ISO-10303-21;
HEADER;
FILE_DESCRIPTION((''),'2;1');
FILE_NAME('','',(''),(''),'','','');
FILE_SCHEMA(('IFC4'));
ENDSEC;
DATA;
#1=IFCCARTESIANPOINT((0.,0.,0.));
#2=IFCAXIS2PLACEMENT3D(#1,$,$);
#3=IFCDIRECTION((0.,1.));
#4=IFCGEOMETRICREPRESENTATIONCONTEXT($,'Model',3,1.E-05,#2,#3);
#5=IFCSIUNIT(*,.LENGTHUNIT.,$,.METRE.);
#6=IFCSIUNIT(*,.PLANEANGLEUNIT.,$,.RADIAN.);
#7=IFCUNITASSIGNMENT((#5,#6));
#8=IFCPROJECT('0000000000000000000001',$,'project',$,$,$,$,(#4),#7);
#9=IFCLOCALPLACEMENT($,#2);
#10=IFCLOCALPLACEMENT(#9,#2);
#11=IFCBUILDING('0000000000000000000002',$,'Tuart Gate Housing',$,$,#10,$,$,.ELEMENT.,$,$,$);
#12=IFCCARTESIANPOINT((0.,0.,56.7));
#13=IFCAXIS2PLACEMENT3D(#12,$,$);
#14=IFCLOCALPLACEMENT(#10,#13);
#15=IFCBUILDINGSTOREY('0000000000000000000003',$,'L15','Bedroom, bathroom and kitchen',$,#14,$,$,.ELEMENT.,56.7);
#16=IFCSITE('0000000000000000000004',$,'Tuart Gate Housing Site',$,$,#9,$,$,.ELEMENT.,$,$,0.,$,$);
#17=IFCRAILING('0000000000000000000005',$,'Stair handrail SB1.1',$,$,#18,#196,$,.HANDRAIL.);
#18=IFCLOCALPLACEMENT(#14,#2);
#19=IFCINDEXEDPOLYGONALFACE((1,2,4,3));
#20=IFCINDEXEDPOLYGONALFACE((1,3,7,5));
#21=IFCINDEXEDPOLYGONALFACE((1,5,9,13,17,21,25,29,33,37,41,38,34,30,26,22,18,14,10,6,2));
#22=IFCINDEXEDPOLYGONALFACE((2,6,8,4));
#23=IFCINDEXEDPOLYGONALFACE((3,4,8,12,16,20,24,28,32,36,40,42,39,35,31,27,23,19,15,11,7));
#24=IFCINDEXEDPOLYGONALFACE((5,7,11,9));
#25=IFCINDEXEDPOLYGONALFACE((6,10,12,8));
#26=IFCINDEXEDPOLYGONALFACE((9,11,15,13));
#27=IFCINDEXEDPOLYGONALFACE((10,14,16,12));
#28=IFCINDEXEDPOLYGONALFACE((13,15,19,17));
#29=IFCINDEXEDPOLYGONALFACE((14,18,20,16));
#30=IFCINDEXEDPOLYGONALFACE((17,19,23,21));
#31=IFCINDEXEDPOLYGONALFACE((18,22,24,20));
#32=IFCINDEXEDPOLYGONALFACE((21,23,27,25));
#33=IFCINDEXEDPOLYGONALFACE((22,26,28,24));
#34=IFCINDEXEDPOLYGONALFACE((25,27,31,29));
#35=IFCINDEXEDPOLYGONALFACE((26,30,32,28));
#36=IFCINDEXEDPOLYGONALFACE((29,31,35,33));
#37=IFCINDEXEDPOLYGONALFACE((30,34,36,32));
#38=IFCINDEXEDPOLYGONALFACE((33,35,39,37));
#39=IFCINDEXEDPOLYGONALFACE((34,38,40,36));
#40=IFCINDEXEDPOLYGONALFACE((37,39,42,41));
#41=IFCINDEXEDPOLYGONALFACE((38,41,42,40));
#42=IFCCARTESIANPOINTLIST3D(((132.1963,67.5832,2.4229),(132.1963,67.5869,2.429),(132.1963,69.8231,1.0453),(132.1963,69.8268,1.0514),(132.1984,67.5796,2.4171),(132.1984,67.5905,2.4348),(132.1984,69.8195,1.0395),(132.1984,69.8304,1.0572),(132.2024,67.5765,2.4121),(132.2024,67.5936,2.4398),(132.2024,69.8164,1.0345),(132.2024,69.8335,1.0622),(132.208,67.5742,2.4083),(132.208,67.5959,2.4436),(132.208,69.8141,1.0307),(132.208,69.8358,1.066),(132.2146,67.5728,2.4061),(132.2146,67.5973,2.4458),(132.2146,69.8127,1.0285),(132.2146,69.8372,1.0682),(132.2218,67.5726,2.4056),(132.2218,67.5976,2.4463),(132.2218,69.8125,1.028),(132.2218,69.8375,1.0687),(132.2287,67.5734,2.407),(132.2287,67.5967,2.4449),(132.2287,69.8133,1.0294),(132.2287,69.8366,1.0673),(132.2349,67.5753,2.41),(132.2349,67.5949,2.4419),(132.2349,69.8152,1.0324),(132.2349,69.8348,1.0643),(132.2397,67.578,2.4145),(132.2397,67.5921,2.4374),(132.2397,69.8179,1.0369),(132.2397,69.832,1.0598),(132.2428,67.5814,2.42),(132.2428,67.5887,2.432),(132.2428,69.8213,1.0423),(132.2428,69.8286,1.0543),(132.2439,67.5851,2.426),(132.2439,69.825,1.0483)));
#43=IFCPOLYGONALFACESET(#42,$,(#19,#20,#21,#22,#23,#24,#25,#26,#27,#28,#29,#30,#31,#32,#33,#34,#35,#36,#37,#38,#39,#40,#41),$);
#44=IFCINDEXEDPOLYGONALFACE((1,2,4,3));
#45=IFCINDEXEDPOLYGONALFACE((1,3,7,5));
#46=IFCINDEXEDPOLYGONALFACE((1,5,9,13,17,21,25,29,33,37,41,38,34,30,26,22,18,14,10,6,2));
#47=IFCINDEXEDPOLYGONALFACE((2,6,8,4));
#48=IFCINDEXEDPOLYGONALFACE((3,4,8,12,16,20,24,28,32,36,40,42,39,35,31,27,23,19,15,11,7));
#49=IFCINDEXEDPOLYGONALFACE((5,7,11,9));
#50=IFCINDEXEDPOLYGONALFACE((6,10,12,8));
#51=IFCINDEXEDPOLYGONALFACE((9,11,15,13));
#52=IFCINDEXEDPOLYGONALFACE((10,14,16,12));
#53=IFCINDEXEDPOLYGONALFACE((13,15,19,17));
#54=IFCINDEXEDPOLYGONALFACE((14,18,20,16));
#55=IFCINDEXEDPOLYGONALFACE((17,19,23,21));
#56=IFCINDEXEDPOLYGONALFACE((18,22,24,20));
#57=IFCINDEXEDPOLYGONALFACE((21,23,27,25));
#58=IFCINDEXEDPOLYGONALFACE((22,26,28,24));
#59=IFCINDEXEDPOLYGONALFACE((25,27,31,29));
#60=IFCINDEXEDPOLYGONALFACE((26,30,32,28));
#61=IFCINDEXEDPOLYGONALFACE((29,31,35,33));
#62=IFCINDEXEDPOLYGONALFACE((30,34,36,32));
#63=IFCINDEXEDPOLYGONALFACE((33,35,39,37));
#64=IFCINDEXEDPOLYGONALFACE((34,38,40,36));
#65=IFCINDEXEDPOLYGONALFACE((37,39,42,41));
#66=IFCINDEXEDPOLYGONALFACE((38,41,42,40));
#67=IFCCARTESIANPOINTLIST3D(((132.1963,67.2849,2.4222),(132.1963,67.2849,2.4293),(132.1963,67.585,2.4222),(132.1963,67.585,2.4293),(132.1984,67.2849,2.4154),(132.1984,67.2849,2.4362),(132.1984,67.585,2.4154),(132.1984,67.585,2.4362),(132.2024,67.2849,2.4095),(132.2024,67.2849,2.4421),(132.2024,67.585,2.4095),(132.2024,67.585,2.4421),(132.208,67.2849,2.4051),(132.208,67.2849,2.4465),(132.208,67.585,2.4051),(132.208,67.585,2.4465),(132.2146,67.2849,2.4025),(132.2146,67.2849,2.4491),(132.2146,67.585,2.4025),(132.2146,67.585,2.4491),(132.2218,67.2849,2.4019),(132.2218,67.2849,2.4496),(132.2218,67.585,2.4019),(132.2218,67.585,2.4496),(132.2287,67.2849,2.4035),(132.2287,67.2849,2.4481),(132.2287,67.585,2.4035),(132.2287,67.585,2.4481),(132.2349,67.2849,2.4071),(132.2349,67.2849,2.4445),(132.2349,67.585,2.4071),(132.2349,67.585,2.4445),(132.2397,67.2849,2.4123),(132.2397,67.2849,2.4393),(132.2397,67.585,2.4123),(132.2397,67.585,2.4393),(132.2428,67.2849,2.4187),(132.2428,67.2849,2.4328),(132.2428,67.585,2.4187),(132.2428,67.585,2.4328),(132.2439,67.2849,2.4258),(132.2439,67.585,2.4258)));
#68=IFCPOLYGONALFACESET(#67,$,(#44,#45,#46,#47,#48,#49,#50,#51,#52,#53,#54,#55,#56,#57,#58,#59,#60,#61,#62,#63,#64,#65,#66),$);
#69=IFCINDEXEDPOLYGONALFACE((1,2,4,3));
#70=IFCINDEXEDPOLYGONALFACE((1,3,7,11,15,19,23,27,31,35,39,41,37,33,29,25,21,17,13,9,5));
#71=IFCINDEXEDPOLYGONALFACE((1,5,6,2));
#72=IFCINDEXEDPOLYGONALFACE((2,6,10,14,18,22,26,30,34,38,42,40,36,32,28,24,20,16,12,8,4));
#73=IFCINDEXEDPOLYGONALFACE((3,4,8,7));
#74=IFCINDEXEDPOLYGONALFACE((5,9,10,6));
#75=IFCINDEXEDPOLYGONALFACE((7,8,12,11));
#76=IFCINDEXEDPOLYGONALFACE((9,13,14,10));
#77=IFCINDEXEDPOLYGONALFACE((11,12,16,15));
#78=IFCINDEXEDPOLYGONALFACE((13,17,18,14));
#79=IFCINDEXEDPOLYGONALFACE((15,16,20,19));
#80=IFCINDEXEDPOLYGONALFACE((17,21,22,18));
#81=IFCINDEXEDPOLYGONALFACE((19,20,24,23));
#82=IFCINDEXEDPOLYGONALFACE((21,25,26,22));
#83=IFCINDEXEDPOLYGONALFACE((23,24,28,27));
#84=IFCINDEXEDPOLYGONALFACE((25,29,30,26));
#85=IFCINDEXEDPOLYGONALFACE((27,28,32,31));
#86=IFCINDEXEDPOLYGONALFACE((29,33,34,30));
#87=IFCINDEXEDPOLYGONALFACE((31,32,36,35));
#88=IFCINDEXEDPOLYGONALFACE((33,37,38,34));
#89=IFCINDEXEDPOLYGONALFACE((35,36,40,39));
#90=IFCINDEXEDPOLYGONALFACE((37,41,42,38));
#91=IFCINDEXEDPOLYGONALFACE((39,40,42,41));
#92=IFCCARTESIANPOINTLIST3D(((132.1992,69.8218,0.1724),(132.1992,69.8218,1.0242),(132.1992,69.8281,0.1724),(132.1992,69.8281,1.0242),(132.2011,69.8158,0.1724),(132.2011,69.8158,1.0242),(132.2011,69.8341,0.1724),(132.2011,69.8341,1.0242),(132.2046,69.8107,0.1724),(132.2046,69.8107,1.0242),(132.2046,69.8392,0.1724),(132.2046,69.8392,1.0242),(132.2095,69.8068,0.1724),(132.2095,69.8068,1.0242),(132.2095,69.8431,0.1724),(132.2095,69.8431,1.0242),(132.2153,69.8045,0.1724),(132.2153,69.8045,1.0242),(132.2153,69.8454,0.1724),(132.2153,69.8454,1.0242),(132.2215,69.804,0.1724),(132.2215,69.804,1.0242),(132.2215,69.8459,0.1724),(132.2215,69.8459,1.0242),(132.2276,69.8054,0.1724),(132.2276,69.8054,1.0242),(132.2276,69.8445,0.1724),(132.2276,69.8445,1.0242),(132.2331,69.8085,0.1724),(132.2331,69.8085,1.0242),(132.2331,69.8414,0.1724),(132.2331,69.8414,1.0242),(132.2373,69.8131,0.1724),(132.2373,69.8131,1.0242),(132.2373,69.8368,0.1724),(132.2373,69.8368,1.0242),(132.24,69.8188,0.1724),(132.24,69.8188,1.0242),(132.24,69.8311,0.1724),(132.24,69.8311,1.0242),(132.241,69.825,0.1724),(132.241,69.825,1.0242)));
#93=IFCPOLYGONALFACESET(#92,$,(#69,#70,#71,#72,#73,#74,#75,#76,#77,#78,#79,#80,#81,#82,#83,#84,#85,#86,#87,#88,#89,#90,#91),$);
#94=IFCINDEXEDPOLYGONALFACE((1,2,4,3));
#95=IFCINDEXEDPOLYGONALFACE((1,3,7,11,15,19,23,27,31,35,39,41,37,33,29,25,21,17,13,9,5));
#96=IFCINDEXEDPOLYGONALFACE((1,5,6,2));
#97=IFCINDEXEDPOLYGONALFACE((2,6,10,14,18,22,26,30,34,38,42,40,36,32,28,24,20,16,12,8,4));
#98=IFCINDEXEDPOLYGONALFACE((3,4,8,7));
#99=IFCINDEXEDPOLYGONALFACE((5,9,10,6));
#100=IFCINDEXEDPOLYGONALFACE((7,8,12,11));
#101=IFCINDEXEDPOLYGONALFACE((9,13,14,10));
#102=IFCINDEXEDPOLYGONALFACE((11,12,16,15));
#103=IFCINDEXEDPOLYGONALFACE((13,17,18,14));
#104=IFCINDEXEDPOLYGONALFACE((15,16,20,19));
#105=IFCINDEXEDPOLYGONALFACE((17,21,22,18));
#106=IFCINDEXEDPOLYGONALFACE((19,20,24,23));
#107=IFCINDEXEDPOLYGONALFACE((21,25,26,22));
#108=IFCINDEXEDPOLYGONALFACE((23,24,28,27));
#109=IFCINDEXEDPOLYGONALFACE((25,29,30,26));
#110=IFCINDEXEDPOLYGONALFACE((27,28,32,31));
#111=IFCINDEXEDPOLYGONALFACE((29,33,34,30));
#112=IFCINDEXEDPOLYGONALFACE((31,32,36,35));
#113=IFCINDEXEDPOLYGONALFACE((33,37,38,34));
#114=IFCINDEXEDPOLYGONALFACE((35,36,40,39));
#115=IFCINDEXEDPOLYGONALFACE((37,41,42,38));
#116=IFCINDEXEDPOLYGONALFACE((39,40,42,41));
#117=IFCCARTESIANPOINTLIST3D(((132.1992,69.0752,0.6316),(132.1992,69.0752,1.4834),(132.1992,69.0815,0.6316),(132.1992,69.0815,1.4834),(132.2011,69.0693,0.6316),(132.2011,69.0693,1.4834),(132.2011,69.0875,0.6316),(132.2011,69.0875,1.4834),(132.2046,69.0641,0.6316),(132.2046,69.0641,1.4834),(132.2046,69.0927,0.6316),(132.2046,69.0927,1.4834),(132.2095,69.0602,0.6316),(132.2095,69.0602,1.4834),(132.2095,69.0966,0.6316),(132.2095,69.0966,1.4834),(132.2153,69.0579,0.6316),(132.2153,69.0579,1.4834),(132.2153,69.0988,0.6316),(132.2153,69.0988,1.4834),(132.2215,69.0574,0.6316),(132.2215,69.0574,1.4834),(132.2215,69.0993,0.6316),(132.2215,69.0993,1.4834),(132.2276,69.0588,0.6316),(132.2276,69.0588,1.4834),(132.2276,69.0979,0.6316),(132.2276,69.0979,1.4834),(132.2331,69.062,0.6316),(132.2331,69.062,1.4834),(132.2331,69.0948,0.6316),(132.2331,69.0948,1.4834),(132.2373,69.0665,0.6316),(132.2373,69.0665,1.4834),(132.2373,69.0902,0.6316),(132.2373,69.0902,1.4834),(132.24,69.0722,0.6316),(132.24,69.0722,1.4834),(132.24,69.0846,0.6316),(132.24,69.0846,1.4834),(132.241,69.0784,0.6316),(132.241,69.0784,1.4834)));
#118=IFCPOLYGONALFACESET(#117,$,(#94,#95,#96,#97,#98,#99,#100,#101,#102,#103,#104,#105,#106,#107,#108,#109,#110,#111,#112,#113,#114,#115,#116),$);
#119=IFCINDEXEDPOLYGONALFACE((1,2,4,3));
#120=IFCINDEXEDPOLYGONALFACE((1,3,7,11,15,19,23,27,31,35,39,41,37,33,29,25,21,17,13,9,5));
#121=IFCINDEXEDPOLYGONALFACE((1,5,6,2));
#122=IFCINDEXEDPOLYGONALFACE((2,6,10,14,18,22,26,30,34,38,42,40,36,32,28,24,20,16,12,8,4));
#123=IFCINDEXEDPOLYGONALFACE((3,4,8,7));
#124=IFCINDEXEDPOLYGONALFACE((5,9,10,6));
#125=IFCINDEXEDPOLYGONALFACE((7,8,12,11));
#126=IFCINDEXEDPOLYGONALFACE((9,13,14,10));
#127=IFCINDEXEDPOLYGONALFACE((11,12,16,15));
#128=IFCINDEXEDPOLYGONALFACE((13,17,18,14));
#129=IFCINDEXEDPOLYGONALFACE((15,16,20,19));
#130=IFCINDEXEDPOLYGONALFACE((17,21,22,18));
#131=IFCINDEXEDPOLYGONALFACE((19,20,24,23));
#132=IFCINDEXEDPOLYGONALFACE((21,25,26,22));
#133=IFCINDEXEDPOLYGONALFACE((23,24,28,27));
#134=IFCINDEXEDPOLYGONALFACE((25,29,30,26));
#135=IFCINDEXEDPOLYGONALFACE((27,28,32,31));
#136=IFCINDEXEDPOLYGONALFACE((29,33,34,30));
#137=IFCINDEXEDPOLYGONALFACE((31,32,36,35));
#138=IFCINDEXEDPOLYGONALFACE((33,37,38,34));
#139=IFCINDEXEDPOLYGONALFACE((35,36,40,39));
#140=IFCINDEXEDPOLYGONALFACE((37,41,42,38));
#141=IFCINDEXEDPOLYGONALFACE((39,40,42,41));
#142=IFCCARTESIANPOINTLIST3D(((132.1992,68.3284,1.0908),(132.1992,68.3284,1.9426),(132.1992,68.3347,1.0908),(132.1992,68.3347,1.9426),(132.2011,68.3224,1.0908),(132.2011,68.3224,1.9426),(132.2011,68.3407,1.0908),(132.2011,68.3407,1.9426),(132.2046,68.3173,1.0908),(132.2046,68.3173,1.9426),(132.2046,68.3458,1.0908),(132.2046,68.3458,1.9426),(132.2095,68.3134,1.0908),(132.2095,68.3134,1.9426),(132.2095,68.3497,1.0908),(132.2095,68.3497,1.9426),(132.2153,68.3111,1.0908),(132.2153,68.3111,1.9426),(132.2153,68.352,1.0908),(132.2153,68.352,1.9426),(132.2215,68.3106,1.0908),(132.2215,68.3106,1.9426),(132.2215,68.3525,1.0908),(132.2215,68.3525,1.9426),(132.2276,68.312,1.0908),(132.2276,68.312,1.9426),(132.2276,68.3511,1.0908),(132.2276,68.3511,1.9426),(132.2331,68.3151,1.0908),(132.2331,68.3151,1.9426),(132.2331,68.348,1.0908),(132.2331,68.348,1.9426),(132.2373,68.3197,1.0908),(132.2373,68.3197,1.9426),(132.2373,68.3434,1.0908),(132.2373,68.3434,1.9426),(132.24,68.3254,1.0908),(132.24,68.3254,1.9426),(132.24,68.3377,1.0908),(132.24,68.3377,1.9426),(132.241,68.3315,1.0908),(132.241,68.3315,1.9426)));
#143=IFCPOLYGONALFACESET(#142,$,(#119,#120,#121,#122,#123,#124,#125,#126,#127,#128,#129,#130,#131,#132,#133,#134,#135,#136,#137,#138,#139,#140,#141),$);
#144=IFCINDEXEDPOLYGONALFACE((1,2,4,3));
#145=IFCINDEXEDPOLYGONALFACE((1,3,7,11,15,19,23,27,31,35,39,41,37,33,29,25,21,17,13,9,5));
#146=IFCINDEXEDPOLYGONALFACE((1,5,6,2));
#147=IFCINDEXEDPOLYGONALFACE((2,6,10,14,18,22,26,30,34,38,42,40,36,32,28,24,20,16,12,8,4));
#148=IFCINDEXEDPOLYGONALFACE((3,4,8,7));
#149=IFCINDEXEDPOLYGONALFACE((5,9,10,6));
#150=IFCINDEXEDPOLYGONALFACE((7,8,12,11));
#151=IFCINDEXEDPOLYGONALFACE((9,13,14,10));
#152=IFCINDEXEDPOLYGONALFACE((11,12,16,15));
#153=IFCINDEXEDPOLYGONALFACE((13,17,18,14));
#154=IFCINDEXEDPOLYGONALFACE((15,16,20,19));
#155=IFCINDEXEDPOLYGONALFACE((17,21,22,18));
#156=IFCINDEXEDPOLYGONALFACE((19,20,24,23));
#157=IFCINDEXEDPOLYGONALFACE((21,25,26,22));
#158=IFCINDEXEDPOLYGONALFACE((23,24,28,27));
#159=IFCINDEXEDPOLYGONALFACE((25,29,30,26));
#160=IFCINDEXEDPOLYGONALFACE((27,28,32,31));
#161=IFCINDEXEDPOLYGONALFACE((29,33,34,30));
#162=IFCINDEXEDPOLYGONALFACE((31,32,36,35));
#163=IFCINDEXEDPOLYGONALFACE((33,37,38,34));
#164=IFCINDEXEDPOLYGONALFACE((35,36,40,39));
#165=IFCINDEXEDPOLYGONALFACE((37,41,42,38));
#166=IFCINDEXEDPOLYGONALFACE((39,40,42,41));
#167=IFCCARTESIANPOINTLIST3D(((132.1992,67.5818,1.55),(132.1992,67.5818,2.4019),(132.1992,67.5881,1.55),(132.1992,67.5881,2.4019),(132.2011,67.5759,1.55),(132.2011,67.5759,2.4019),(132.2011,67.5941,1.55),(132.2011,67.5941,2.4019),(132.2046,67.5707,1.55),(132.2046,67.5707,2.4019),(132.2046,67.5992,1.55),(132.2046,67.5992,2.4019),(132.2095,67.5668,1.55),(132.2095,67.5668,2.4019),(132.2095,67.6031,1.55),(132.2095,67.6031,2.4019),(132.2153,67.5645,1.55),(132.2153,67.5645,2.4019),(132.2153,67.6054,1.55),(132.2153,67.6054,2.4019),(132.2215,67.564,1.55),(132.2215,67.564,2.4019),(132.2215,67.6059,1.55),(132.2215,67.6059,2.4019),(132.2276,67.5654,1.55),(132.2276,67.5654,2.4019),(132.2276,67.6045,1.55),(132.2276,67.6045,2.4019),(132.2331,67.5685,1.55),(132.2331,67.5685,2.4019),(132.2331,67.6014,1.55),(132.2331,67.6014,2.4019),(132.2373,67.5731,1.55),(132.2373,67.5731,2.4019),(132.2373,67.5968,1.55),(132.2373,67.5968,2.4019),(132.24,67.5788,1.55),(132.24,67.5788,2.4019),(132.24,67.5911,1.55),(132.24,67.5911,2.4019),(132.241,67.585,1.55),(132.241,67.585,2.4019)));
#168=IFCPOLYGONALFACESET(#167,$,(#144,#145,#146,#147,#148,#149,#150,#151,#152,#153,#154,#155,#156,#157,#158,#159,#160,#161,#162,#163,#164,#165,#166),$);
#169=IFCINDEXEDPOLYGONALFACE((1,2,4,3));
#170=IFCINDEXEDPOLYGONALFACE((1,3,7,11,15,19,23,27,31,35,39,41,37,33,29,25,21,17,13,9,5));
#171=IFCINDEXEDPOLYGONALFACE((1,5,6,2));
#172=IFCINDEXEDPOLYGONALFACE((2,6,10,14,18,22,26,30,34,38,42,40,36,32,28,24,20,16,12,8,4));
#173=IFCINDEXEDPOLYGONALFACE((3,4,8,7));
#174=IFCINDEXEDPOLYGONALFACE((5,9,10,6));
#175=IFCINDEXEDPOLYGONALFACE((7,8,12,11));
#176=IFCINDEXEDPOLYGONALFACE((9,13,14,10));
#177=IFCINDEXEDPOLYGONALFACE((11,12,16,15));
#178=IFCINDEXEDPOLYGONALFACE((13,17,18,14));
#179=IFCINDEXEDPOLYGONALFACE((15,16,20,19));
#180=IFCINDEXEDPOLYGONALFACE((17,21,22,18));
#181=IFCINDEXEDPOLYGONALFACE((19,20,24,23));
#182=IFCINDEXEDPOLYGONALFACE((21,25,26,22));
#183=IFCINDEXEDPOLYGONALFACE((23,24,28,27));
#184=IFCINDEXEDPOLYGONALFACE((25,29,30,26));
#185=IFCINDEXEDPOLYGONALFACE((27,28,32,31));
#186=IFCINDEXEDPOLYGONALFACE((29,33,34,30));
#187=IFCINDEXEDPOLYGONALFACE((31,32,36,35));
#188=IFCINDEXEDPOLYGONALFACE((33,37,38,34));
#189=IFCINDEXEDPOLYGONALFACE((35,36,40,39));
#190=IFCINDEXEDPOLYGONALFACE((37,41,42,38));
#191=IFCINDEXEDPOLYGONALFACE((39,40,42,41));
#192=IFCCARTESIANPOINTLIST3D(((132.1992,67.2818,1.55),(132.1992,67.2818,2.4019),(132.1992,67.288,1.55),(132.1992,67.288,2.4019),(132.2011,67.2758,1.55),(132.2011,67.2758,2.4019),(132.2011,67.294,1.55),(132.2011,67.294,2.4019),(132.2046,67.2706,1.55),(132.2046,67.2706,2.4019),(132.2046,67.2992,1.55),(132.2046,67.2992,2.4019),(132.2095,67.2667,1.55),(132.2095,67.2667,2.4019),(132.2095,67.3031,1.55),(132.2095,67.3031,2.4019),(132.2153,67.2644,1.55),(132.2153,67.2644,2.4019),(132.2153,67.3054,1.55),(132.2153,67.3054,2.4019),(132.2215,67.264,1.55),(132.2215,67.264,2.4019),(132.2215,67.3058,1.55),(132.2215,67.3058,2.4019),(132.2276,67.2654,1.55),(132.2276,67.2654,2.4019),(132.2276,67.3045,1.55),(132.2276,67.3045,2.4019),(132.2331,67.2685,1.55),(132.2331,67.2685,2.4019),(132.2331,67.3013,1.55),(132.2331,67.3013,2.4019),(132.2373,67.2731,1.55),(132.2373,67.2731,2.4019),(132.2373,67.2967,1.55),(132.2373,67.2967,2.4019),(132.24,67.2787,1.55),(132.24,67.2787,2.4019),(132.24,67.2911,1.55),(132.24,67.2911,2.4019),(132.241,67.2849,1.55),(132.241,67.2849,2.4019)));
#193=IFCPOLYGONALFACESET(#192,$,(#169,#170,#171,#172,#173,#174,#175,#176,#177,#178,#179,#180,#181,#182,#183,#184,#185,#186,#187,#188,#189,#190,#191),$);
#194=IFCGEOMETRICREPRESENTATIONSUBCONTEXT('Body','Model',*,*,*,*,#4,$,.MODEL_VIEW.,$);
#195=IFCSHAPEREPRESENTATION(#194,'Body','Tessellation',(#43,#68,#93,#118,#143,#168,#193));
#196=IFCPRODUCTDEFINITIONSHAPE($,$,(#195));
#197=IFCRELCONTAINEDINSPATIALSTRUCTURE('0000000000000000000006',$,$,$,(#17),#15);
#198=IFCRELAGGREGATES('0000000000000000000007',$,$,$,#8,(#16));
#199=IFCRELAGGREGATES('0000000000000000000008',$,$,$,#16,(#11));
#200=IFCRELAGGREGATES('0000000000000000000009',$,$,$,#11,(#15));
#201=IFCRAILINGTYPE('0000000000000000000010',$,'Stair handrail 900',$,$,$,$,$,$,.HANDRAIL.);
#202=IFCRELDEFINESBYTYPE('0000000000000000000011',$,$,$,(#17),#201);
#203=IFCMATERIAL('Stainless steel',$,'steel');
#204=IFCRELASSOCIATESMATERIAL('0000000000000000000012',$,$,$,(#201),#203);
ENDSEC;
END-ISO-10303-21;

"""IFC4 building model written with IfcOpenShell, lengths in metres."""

from ifc_helpers import new_model, si_unit, direction, frame, origin, origin_2d, place, context, subcontext, project, spatial, circle, extrude, material, type_object, element, save


model = new_model("IFC4")

# Units and contexts
model_context = context("Model", 3, precision=1e-05, world=origin(), true_north=direction((0.0, 1.0)))
body_context = subcontext(model_context, "Body", "Model", "MODEL_VIEW")
ifc_project = project(units=[si_unit("LENGTHUNIT", "METRE"), si_unit("PLANEANGLEUNIT", "RADIAN")], contexts=[model_context])

# Site, building, storey
site_placement = place(None, origin())
site = spatial("IfcSite", under=ifc_project, at=site_placement, Name="Tuart Gate Housing Site", CompositionType="ELEMENT", RefElevation=0.0)
building_placement = place(site_placement, origin())
building = spatial("IfcBuilding", under=site, at=building_placement, Name="Tuart Gate Housing", CompositionType="ELEMENT")
storey_placement = place(building_placement, frame((0.0, 0.0, 56.7)))
storey = spatial("IfcBuildingStorey", under=building, at=storey_placement, Name="L15", Description="Bedroom, bathroom and kitchen", CompositionType="ELEMENT", Elevation=56.7)

# Railing
ifc_material_1 = material(Name="Stainless steel", Category="steel")
railing_type = type_object("IfcRailingType", Name="Stair handrail 900", PredefinedType="HANDRAIL", material=ifc_material_1)
railing_placement = place(storey_placement, frame((132.22, 69.825, 0.1724)))
element("IfcRailing", 1, at=railing_placement, inside=storey, type_object=railing_type, Name="Stair handrail SB1.1", PredefinedType="HANDRAIL", context=body_context, shape_type="SweptSolid", body=[
    extrude(circle(Radius=0.0239, at=origin_2d()), frame((0.0, 0.0, 0.876), z_axis=(0.0, -0.851789, 0.523885), x_axis=(1.0, 0.0, 0.0)), (0.0, 0.0, 1.0), 2.6296),
    extrude(circle(Radius=0.0239, at=origin_2d()), frame((0.0, -2.24, 2.2534), z_axis=(0.0, -1.0, 0.0), x_axis=(1.0, 0.0, 0.0)), (0.0, 0.0, 1.0), 0.3),
    extrude(circle(Radius=0.021, at=origin_2d()), origin(), (0.0, 0.0, 1.0), 0.8518),
    extrude(circle(Radius=0.021, at=origin_2d()), frame((0.0, -0.7466, 0.4592)), (0.0, 0.0, 1.0), 0.8518),
    extrude(circle(Radius=0.021, at=origin_2d()), frame((0.0, -1.4934, 0.9185)), (0.0, 0.0, 1.0), 0.8518),
    extrude(circle(Radius=0.021, at=origin_2d()), frame((0.0, -2.24, 1.3777)), (0.0, 0.0, 1.0), 0.8518),
    extrude(circle(Radius=0.021, at=origin_2d()), frame((0.0, -2.54, 1.3777)), (0.0, 0.0, 1.0), 0.8518),
])

save(model, "model.ifc")
